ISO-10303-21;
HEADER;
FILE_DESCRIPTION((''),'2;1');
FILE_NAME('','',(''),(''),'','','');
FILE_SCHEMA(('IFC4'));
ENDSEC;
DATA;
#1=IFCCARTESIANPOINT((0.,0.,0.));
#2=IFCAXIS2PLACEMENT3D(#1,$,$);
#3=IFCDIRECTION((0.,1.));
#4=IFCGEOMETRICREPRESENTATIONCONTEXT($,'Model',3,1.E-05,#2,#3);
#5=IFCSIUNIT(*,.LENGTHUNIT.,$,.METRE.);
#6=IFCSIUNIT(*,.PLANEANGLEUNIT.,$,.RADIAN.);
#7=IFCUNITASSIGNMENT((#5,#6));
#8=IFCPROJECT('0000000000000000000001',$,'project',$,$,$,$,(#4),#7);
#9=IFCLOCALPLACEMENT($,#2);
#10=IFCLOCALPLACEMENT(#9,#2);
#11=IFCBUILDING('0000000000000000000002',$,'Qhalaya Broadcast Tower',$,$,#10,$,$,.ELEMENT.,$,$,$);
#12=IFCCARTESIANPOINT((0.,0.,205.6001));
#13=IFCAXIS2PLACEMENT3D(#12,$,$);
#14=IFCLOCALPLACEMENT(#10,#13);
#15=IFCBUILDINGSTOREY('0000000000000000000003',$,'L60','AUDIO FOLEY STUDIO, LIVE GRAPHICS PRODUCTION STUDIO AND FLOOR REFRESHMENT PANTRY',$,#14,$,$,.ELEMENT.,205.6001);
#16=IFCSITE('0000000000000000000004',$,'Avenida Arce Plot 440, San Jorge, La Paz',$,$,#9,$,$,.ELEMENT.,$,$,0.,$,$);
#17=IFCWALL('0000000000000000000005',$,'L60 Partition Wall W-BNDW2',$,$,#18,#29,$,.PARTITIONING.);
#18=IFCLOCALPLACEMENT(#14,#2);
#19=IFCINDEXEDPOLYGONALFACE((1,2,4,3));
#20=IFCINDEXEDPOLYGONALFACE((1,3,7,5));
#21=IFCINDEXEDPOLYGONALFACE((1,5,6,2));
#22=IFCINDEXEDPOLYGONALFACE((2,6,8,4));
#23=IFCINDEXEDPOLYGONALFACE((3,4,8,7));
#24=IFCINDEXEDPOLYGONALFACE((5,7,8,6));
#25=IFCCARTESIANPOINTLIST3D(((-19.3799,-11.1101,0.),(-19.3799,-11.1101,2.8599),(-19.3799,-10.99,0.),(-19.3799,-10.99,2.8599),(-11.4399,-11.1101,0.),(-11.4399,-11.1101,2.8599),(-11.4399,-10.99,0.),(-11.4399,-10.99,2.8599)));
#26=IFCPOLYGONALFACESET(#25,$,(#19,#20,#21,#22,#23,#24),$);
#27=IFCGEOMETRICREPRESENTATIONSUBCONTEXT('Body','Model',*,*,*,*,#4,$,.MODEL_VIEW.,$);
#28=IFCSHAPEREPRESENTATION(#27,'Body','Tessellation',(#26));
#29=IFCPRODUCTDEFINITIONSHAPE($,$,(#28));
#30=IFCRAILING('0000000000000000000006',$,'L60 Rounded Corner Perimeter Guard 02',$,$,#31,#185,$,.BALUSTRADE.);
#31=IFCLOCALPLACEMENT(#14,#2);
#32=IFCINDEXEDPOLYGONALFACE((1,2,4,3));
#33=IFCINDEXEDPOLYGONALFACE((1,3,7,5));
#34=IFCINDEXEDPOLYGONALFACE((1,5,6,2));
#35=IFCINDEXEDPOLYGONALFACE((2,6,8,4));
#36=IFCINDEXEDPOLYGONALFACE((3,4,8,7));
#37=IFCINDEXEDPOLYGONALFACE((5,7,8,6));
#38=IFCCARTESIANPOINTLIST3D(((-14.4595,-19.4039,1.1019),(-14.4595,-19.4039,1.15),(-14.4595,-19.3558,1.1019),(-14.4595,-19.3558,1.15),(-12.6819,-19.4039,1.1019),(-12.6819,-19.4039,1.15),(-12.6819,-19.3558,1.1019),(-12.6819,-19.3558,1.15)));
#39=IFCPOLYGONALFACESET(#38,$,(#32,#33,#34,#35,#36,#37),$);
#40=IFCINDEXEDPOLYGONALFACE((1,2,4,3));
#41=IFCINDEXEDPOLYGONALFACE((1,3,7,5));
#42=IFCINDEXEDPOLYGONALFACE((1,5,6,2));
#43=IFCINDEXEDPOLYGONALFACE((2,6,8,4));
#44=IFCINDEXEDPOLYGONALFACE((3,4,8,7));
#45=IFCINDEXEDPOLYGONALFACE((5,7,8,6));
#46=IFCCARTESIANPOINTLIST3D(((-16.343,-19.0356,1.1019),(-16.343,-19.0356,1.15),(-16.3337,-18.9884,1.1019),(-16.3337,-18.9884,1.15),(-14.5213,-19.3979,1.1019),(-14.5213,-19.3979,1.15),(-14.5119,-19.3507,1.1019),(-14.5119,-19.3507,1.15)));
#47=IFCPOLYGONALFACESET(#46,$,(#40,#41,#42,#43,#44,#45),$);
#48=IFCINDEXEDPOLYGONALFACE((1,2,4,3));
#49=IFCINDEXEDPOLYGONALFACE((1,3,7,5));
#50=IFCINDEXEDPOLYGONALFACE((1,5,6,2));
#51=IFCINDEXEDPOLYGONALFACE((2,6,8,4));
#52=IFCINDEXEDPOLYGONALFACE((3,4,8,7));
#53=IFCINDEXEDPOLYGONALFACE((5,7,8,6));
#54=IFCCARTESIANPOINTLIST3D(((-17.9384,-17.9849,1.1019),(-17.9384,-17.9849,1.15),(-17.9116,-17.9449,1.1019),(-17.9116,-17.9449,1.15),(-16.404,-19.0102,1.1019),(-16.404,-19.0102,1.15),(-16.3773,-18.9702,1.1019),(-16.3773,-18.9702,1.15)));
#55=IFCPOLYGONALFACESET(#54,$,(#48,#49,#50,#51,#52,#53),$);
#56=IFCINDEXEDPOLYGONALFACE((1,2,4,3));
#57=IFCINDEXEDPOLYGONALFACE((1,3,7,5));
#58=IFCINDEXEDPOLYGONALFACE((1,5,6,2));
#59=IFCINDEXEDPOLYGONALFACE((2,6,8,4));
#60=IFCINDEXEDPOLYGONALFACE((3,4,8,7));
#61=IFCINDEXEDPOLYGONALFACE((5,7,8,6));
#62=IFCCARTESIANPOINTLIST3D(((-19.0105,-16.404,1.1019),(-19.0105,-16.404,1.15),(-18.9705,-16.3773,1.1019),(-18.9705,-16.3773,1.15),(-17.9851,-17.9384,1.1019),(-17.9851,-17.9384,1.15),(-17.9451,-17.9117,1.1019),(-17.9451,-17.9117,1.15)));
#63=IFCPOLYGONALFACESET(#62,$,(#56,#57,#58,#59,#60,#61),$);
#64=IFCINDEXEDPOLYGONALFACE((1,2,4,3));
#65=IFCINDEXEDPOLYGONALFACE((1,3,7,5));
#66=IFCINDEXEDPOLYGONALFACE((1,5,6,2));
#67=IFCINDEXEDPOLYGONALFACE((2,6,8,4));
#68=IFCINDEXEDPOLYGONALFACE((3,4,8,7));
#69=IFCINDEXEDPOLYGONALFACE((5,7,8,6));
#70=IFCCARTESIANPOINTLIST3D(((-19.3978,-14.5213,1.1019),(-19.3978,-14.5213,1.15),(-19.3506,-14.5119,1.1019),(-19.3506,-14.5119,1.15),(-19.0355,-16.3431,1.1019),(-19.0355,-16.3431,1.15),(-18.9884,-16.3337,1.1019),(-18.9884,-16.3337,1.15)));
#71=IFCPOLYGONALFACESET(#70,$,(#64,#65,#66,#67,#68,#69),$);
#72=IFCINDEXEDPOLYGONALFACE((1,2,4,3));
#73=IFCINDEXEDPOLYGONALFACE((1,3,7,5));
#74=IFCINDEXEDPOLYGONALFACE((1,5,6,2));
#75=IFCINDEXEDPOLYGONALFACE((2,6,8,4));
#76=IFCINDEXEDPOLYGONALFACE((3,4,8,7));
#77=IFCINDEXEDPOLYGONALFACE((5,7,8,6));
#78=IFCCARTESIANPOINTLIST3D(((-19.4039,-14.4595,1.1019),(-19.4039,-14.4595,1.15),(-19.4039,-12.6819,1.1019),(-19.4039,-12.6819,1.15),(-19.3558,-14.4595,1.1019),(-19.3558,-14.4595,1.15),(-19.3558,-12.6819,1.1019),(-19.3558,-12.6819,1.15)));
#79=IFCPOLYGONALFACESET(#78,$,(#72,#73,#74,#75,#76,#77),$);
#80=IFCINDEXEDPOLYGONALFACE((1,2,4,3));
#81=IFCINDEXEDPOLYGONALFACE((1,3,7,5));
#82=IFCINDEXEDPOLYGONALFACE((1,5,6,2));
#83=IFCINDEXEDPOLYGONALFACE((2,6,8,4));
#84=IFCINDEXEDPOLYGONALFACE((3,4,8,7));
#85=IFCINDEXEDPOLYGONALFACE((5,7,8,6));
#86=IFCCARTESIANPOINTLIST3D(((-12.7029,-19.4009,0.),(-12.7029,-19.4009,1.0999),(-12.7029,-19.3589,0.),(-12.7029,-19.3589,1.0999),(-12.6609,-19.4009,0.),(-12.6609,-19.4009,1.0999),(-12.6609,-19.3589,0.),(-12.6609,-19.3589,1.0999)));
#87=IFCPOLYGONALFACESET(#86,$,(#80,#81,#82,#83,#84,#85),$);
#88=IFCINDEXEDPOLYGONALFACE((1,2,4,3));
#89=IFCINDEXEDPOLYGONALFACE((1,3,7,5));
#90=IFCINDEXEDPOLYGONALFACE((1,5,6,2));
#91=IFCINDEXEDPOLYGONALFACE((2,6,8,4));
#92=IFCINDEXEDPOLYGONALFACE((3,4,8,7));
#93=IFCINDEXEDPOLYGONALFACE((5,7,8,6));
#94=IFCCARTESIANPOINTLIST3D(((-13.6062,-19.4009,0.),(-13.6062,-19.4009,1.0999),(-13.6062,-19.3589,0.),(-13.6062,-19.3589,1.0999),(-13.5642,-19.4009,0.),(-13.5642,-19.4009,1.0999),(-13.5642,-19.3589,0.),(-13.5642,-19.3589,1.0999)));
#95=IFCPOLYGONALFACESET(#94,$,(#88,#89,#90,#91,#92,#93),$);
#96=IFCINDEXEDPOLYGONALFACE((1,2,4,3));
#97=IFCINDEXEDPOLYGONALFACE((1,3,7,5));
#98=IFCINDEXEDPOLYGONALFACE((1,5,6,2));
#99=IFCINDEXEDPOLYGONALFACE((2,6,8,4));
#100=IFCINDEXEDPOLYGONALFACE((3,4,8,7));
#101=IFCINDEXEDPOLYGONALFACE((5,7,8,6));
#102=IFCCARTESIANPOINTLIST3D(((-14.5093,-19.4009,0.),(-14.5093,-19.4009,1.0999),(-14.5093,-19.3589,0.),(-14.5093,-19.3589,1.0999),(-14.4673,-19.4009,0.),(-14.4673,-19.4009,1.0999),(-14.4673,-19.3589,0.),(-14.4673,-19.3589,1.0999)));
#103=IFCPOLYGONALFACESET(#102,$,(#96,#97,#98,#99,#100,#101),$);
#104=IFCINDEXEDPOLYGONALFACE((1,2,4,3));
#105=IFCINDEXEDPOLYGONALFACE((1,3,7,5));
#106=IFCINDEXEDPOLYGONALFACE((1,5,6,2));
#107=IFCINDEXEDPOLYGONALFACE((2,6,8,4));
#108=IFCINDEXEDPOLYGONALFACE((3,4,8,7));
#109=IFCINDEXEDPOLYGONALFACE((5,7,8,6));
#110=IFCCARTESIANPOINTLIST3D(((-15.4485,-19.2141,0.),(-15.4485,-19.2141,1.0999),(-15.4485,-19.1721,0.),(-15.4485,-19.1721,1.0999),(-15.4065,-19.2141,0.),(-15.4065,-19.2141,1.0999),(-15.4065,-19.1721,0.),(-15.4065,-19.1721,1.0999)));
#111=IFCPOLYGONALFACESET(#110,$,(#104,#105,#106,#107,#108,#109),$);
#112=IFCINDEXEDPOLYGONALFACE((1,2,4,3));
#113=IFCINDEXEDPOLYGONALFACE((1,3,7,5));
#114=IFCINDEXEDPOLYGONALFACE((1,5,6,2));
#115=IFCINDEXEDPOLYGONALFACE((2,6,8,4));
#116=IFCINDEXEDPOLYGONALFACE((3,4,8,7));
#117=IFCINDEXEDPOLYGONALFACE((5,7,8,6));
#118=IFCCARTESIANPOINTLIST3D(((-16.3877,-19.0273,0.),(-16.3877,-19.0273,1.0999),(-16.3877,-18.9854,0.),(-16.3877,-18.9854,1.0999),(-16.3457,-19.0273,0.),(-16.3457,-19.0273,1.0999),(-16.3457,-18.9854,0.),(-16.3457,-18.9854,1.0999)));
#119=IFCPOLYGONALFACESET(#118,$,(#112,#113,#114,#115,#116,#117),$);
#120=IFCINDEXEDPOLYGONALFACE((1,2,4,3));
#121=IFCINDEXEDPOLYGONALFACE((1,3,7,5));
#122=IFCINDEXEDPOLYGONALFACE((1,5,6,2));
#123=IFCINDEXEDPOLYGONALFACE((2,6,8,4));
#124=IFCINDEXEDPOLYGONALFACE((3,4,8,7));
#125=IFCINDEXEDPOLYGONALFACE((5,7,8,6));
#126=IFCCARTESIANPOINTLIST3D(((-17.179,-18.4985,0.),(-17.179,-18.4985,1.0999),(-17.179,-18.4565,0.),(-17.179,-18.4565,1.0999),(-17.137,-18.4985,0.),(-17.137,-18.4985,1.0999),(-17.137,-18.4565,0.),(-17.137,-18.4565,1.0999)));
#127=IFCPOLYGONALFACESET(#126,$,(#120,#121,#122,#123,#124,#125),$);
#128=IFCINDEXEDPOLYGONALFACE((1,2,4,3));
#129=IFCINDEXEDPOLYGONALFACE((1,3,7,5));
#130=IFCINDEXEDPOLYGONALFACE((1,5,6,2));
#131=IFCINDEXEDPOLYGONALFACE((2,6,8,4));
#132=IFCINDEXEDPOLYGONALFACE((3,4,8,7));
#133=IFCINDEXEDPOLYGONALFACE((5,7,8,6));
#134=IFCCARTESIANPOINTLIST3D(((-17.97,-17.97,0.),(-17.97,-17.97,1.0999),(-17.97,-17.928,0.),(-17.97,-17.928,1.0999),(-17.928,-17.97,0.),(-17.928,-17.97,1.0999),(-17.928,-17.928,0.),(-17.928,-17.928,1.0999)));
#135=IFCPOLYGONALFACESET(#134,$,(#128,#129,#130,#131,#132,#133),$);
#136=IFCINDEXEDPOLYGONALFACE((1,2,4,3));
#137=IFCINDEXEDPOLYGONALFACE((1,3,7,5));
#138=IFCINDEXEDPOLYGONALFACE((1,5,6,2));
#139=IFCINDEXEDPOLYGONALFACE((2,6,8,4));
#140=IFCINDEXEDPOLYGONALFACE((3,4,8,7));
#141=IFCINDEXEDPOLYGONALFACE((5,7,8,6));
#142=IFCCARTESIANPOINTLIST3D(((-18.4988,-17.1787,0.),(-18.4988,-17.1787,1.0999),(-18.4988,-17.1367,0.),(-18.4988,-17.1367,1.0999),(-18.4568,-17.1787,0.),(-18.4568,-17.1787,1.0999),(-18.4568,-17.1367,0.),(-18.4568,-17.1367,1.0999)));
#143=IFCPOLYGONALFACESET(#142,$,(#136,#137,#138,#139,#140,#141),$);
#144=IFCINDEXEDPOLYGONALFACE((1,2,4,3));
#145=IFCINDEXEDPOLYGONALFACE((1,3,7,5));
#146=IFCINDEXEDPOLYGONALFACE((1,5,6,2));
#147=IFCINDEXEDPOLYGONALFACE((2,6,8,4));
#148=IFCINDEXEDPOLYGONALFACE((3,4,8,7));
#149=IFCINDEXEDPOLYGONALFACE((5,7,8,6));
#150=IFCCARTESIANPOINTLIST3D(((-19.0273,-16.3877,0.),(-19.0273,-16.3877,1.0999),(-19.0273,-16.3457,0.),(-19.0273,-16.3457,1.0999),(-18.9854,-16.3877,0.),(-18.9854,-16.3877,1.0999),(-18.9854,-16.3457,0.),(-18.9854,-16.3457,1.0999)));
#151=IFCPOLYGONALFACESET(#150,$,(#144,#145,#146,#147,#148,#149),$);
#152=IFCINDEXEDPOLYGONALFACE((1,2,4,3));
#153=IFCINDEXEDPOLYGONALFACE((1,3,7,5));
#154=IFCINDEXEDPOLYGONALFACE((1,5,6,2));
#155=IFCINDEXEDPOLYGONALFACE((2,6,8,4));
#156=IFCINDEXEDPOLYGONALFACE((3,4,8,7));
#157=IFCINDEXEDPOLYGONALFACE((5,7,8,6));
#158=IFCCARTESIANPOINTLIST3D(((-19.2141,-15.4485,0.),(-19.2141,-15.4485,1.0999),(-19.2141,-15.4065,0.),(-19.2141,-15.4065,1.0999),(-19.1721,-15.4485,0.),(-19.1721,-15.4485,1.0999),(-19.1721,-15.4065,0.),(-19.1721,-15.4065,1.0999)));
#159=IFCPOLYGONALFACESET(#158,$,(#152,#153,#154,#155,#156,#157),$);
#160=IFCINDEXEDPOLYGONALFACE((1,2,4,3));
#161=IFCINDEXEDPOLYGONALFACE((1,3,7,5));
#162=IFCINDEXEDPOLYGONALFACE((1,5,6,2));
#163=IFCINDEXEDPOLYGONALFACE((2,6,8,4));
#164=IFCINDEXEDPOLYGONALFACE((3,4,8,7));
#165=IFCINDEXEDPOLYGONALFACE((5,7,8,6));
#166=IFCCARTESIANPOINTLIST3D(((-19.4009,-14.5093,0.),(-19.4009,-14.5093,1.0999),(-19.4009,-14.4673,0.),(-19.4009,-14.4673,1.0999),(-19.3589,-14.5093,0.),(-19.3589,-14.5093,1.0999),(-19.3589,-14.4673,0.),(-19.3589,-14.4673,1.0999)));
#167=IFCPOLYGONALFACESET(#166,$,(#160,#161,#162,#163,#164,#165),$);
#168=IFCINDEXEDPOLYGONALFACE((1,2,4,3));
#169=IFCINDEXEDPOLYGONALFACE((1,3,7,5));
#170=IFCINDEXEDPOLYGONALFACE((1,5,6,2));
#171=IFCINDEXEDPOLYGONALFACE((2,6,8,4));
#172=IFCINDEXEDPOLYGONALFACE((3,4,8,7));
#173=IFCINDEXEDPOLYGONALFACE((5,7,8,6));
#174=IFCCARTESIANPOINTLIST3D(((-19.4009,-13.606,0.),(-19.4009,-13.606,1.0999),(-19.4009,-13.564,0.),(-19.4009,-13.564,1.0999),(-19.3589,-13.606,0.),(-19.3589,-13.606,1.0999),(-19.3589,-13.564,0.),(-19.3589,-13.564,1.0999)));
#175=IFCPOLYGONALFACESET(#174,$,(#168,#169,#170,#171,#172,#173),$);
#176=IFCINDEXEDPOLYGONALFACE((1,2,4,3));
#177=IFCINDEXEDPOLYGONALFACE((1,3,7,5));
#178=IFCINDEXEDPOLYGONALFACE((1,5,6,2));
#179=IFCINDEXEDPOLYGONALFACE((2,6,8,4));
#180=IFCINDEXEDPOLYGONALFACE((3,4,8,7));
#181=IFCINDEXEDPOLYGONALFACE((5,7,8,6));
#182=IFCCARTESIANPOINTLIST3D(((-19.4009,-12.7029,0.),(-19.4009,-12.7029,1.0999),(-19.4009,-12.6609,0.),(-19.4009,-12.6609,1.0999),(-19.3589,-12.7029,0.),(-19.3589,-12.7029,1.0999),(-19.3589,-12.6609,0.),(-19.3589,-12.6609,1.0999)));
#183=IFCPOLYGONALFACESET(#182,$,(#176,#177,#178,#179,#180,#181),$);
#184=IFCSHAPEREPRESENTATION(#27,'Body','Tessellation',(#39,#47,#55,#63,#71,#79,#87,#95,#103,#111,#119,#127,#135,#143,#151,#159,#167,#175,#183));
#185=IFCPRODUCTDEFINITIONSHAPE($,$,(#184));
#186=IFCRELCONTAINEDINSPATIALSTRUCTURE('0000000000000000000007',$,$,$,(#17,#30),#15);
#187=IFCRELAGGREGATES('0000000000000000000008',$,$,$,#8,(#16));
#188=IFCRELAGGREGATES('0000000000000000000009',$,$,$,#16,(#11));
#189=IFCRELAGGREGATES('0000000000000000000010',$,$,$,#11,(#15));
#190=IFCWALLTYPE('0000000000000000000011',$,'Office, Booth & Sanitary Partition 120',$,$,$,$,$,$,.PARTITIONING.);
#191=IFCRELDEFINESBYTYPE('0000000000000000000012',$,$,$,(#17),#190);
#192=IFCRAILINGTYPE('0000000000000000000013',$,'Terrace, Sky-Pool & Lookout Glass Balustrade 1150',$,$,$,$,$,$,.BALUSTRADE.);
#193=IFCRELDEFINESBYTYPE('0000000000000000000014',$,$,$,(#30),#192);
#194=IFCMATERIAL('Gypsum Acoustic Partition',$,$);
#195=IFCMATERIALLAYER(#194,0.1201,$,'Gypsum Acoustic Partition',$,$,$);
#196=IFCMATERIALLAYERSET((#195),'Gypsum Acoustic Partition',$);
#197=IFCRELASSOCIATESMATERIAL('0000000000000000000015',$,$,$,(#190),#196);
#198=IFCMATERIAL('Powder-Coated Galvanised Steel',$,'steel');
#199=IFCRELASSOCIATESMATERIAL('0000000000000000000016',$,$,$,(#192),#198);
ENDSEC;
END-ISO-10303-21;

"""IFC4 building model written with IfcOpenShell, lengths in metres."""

from ifc_helpers import new_model, si_unit, direction, frame, frame_2d, origin, origin_2d, place, context, subcontext, project, spatial, rectangle, extrude, material, layer, layer_set, type_object, element, save


model = new_model("IFC4")

# Units and contexts
model_context = context("Model", 3, precision=1e-05, world=origin(), true_north=direction((0.0, 1.0)))
body_context = subcontext(model_context, "Body", "Model", "MODEL_VIEW")
ifc_project = project(units=[si_unit("LENGTHUNIT", "METRE"), si_unit("PLANEANGLEUNIT", "RADIAN")], contexts=[model_context])

# Site, building, storey
site_placement = place(None, origin())
site = spatial("IfcSite", under=ifc_project, at=site_placement, Name="Avenida Arce Plot 440, San Jorge, La Paz", CompositionType="ELEMENT", RefElevation=0.0)
building_placement = place(site_placement, origin())
building = spatial("IfcBuilding", under=site, at=building_placement, Name="Qhalaya Broadcast Tower", CompositionType="ELEMENT")
storey_placement = place(building_placement, frame((0.0, 0.0, 205.6001)))
storey = spatial("IfcBuildingStorey", under=building, at=storey_placement, Name="L60", Description="AUDIO FOLEY STUDIO, LIVE GRAPHICS PRODUCTION STUDIO AND FLOOR REFRESHMENT PANTRY", CompositionType="ELEMENT", Elevation=205.6001)

# Shared definitions
ifc_material_1 = material(Name="Gypsum Acoustic Partition")

# Wall
ifc_layer_1 = layer(ifc_material_1, 0.1201, Name="Gypsum Acoustic Partition")
ifc_layer_set_1 = layer_set([ifc_layer_1], Name="Gypsum Acoustic Partition")
wall_type_1 = type_object("IfcWallType", Name="Office, Booth & Sanitary Partition 120", PredefinedType="PARTITIONING", material=ifc_layer_set_1)
wall_1_placement = place(storey_placement, frame((-19.3799, -11.05, 0.0), z_axis=(0.0, 0.0, 1.0), x_axis=(1.0, 0.0, 0.0)))
element("IfcWall", 1, at=wall_1_placement, inside=storey, type_object=wall_type_1, Name="L60 Partition Wall W-BNDW2", PredefinedType="PARTITIONING", context=body_context, shape_type="SweptSolid", body=[
    extrude(rectangle(XDim=7.9399, YDim=0.1201, at=frame_2d((3.97, 0.0))), origin(), (0.0, 0.0, 1.0), 2.8599),
])

# Railing
ifc_material_2 = material(Name="Powder-Coated Galvanised Steel", Category="steel")
railing_type = type_object("IfcRailingType", Name="Terrace, Sky-Pool & Lookout Glass Balustrade 1150", PredefinedType="BALUSTRADE", material=ifc_material_2)
railing_placement = place(storey_placement, frame((-12.6819, -19.3799, 0.0)))
element("IfcRailing", 2, at=railing_placement, inside=storey, type_object=railing_type, Name="L60 Rounded Corner Perimeter Guard 02", PredefinedType="BALUSTRADE", context=body_context, shape_type="SweptSolid", body=[
    extrude(rectangle(XDim=0.0481, YDim=0.0481, at=origin_2d()), frame((0.0, 0.0, 1.126), z_axis=(-1.0, 0.0, 0.0), x_axis=(0.0, -1.0, 0.0)), (0.0, 0.0, 1.0), 1.7776),
    extrude(rectangle(XDim=0.0481, YDim=0.0481, at=origin_2d()), frame((-1.8347, 0.0056, 1.126), z_axis=(-0.980796, 0.195037, 0.0), x_axis=(-0.195037, -0.980796, 0.0)), (0.0, 0.0, 1.0), 1.8574),
    extrude(rectangle(XDim=0.0481, YDim=0.0481, at=origin_2d()), frame((-3.7087, 0.3896, 1.126), z_axis=(-0.831438, 0.555618, 0.0), x_axis=(-0.555618, -0.831438, 0.0)), (0.0, 0.0, 1.0), 1.8455),
    extrude(rectangle(XDim=0.0481, YDim=0.0481, at=origin_2d()), frame((-5.2832, 1.4548, 1.126), z_axis=(-0.555618, 0.831438, 0.0), x_axis=(-0.831438, -0.555618, 0.0)), (0.0, 0.0, 1.0), 1.8455),
    extrude(rectangle(XDim=0.0481, YDim=0.0481, at=origin_2d()), frame((-6.3301, 3.0415, 1.126), z_axis=(-0.195037, 0.980796, 0.0), x_axis=(-0.980796, -0.195037, 0.0)), (0.0, 0.0, 1.0), 1.8574),
    extrude(rectangle(XDim=0.0481, YDim=0.0481, at=origin_2d()), frame((-6.698, 4.9204, 1.126), z_axis=(0.0, 1.0, 0.0), x_axis=(-1.0, 0.0, 0.0)), (0.0, 0.0, 1.0), 1.7776),
    extrude(rectangle(XDim=0.042, YDim=0.042, at=origin_2d()), origin(), (0.0, 0.0, 1.0), 1.0999),
    extrude(rectangle(XDim=0.042, YDim=0.042, at=origin_2d()), frame((-0.9033, 0.0, 0.0)), (0.0, 0.0, 1.0), 1.0999),
    extrude(rectangle(XDim=0.042, YDim=0.042, at=origin_2d()), frame((-1.8064, 0.0, 0.0)), (0.0, 0.0, 1.0), 1.0999),
    extrude(rectangle(XDim=0.042, YDim=0.042, at=origin_2d()), frame((-2.7456, 0.1868, 0.0)), (0.0, 0.0, 1.0), 1.0999),
    extrude(rectangle(XDim=0.042, YDim=0.042, at=origin_2d()), frame((-3.6848, 0.3735, 0.0)), (0.0, 0.0, 1.0), 1.0999),
    extrude(rectangle(XDim=0.042, YDim=0.042, at=origin_2d()), frame((-4.4761, 0.9023, 0.0)), (0.0, 0.0, 1.0), 1.0999),
    extrude(rectangle(XDim=0.042, YDim=0.042, at=origin_2d()), frame((-5.2671, 1.4309, 0.0)), (0.0, 0.0, 1.0), 1.0999),
    extrude(rectangle(XDim=0.042, YDim=0.042, at=origin_2d()), frame((-5.7959, 2.2222, 0.0)), (0.0, 0.0, 1.0), 1.0999),
    extrude(rectangle(XDim=0.042, YDim=0.042, at=origin_2d()), frame((-6.3245, 3.0132, 0.0)), (0.0, 0.0, 1.0), 1.0999),
    extrude(rectangle(XDim=0.042, YDim=0.042, at=origin_2d()), frame((-6.5112, 3.9524, 0.0)), (0.0, 0.0, 1.0), 1.0999),
    extrude(rectangle(XDim=0.042, YDim=0.042, at=origin_2d()), frame((-6.698, 4.8916, 0.0)), (0.0, 0.0, 1.0), 1.0999),
    extrude(rectangle(XDim=0.042, YDim=0.042, at=origin_2d()), frame((-6.698, 5.7949, 0.0)), (0.0, 0.0, 1.0), 1.0999),
    extrude(rectangle(XDim=0.042, YDim=0.042, at=origin_2d()), frame((-6.698, 6.698, 0.0)), (0.0, 0.0, 1.0), 1.0999),
])

save(model, "model.ifc")
